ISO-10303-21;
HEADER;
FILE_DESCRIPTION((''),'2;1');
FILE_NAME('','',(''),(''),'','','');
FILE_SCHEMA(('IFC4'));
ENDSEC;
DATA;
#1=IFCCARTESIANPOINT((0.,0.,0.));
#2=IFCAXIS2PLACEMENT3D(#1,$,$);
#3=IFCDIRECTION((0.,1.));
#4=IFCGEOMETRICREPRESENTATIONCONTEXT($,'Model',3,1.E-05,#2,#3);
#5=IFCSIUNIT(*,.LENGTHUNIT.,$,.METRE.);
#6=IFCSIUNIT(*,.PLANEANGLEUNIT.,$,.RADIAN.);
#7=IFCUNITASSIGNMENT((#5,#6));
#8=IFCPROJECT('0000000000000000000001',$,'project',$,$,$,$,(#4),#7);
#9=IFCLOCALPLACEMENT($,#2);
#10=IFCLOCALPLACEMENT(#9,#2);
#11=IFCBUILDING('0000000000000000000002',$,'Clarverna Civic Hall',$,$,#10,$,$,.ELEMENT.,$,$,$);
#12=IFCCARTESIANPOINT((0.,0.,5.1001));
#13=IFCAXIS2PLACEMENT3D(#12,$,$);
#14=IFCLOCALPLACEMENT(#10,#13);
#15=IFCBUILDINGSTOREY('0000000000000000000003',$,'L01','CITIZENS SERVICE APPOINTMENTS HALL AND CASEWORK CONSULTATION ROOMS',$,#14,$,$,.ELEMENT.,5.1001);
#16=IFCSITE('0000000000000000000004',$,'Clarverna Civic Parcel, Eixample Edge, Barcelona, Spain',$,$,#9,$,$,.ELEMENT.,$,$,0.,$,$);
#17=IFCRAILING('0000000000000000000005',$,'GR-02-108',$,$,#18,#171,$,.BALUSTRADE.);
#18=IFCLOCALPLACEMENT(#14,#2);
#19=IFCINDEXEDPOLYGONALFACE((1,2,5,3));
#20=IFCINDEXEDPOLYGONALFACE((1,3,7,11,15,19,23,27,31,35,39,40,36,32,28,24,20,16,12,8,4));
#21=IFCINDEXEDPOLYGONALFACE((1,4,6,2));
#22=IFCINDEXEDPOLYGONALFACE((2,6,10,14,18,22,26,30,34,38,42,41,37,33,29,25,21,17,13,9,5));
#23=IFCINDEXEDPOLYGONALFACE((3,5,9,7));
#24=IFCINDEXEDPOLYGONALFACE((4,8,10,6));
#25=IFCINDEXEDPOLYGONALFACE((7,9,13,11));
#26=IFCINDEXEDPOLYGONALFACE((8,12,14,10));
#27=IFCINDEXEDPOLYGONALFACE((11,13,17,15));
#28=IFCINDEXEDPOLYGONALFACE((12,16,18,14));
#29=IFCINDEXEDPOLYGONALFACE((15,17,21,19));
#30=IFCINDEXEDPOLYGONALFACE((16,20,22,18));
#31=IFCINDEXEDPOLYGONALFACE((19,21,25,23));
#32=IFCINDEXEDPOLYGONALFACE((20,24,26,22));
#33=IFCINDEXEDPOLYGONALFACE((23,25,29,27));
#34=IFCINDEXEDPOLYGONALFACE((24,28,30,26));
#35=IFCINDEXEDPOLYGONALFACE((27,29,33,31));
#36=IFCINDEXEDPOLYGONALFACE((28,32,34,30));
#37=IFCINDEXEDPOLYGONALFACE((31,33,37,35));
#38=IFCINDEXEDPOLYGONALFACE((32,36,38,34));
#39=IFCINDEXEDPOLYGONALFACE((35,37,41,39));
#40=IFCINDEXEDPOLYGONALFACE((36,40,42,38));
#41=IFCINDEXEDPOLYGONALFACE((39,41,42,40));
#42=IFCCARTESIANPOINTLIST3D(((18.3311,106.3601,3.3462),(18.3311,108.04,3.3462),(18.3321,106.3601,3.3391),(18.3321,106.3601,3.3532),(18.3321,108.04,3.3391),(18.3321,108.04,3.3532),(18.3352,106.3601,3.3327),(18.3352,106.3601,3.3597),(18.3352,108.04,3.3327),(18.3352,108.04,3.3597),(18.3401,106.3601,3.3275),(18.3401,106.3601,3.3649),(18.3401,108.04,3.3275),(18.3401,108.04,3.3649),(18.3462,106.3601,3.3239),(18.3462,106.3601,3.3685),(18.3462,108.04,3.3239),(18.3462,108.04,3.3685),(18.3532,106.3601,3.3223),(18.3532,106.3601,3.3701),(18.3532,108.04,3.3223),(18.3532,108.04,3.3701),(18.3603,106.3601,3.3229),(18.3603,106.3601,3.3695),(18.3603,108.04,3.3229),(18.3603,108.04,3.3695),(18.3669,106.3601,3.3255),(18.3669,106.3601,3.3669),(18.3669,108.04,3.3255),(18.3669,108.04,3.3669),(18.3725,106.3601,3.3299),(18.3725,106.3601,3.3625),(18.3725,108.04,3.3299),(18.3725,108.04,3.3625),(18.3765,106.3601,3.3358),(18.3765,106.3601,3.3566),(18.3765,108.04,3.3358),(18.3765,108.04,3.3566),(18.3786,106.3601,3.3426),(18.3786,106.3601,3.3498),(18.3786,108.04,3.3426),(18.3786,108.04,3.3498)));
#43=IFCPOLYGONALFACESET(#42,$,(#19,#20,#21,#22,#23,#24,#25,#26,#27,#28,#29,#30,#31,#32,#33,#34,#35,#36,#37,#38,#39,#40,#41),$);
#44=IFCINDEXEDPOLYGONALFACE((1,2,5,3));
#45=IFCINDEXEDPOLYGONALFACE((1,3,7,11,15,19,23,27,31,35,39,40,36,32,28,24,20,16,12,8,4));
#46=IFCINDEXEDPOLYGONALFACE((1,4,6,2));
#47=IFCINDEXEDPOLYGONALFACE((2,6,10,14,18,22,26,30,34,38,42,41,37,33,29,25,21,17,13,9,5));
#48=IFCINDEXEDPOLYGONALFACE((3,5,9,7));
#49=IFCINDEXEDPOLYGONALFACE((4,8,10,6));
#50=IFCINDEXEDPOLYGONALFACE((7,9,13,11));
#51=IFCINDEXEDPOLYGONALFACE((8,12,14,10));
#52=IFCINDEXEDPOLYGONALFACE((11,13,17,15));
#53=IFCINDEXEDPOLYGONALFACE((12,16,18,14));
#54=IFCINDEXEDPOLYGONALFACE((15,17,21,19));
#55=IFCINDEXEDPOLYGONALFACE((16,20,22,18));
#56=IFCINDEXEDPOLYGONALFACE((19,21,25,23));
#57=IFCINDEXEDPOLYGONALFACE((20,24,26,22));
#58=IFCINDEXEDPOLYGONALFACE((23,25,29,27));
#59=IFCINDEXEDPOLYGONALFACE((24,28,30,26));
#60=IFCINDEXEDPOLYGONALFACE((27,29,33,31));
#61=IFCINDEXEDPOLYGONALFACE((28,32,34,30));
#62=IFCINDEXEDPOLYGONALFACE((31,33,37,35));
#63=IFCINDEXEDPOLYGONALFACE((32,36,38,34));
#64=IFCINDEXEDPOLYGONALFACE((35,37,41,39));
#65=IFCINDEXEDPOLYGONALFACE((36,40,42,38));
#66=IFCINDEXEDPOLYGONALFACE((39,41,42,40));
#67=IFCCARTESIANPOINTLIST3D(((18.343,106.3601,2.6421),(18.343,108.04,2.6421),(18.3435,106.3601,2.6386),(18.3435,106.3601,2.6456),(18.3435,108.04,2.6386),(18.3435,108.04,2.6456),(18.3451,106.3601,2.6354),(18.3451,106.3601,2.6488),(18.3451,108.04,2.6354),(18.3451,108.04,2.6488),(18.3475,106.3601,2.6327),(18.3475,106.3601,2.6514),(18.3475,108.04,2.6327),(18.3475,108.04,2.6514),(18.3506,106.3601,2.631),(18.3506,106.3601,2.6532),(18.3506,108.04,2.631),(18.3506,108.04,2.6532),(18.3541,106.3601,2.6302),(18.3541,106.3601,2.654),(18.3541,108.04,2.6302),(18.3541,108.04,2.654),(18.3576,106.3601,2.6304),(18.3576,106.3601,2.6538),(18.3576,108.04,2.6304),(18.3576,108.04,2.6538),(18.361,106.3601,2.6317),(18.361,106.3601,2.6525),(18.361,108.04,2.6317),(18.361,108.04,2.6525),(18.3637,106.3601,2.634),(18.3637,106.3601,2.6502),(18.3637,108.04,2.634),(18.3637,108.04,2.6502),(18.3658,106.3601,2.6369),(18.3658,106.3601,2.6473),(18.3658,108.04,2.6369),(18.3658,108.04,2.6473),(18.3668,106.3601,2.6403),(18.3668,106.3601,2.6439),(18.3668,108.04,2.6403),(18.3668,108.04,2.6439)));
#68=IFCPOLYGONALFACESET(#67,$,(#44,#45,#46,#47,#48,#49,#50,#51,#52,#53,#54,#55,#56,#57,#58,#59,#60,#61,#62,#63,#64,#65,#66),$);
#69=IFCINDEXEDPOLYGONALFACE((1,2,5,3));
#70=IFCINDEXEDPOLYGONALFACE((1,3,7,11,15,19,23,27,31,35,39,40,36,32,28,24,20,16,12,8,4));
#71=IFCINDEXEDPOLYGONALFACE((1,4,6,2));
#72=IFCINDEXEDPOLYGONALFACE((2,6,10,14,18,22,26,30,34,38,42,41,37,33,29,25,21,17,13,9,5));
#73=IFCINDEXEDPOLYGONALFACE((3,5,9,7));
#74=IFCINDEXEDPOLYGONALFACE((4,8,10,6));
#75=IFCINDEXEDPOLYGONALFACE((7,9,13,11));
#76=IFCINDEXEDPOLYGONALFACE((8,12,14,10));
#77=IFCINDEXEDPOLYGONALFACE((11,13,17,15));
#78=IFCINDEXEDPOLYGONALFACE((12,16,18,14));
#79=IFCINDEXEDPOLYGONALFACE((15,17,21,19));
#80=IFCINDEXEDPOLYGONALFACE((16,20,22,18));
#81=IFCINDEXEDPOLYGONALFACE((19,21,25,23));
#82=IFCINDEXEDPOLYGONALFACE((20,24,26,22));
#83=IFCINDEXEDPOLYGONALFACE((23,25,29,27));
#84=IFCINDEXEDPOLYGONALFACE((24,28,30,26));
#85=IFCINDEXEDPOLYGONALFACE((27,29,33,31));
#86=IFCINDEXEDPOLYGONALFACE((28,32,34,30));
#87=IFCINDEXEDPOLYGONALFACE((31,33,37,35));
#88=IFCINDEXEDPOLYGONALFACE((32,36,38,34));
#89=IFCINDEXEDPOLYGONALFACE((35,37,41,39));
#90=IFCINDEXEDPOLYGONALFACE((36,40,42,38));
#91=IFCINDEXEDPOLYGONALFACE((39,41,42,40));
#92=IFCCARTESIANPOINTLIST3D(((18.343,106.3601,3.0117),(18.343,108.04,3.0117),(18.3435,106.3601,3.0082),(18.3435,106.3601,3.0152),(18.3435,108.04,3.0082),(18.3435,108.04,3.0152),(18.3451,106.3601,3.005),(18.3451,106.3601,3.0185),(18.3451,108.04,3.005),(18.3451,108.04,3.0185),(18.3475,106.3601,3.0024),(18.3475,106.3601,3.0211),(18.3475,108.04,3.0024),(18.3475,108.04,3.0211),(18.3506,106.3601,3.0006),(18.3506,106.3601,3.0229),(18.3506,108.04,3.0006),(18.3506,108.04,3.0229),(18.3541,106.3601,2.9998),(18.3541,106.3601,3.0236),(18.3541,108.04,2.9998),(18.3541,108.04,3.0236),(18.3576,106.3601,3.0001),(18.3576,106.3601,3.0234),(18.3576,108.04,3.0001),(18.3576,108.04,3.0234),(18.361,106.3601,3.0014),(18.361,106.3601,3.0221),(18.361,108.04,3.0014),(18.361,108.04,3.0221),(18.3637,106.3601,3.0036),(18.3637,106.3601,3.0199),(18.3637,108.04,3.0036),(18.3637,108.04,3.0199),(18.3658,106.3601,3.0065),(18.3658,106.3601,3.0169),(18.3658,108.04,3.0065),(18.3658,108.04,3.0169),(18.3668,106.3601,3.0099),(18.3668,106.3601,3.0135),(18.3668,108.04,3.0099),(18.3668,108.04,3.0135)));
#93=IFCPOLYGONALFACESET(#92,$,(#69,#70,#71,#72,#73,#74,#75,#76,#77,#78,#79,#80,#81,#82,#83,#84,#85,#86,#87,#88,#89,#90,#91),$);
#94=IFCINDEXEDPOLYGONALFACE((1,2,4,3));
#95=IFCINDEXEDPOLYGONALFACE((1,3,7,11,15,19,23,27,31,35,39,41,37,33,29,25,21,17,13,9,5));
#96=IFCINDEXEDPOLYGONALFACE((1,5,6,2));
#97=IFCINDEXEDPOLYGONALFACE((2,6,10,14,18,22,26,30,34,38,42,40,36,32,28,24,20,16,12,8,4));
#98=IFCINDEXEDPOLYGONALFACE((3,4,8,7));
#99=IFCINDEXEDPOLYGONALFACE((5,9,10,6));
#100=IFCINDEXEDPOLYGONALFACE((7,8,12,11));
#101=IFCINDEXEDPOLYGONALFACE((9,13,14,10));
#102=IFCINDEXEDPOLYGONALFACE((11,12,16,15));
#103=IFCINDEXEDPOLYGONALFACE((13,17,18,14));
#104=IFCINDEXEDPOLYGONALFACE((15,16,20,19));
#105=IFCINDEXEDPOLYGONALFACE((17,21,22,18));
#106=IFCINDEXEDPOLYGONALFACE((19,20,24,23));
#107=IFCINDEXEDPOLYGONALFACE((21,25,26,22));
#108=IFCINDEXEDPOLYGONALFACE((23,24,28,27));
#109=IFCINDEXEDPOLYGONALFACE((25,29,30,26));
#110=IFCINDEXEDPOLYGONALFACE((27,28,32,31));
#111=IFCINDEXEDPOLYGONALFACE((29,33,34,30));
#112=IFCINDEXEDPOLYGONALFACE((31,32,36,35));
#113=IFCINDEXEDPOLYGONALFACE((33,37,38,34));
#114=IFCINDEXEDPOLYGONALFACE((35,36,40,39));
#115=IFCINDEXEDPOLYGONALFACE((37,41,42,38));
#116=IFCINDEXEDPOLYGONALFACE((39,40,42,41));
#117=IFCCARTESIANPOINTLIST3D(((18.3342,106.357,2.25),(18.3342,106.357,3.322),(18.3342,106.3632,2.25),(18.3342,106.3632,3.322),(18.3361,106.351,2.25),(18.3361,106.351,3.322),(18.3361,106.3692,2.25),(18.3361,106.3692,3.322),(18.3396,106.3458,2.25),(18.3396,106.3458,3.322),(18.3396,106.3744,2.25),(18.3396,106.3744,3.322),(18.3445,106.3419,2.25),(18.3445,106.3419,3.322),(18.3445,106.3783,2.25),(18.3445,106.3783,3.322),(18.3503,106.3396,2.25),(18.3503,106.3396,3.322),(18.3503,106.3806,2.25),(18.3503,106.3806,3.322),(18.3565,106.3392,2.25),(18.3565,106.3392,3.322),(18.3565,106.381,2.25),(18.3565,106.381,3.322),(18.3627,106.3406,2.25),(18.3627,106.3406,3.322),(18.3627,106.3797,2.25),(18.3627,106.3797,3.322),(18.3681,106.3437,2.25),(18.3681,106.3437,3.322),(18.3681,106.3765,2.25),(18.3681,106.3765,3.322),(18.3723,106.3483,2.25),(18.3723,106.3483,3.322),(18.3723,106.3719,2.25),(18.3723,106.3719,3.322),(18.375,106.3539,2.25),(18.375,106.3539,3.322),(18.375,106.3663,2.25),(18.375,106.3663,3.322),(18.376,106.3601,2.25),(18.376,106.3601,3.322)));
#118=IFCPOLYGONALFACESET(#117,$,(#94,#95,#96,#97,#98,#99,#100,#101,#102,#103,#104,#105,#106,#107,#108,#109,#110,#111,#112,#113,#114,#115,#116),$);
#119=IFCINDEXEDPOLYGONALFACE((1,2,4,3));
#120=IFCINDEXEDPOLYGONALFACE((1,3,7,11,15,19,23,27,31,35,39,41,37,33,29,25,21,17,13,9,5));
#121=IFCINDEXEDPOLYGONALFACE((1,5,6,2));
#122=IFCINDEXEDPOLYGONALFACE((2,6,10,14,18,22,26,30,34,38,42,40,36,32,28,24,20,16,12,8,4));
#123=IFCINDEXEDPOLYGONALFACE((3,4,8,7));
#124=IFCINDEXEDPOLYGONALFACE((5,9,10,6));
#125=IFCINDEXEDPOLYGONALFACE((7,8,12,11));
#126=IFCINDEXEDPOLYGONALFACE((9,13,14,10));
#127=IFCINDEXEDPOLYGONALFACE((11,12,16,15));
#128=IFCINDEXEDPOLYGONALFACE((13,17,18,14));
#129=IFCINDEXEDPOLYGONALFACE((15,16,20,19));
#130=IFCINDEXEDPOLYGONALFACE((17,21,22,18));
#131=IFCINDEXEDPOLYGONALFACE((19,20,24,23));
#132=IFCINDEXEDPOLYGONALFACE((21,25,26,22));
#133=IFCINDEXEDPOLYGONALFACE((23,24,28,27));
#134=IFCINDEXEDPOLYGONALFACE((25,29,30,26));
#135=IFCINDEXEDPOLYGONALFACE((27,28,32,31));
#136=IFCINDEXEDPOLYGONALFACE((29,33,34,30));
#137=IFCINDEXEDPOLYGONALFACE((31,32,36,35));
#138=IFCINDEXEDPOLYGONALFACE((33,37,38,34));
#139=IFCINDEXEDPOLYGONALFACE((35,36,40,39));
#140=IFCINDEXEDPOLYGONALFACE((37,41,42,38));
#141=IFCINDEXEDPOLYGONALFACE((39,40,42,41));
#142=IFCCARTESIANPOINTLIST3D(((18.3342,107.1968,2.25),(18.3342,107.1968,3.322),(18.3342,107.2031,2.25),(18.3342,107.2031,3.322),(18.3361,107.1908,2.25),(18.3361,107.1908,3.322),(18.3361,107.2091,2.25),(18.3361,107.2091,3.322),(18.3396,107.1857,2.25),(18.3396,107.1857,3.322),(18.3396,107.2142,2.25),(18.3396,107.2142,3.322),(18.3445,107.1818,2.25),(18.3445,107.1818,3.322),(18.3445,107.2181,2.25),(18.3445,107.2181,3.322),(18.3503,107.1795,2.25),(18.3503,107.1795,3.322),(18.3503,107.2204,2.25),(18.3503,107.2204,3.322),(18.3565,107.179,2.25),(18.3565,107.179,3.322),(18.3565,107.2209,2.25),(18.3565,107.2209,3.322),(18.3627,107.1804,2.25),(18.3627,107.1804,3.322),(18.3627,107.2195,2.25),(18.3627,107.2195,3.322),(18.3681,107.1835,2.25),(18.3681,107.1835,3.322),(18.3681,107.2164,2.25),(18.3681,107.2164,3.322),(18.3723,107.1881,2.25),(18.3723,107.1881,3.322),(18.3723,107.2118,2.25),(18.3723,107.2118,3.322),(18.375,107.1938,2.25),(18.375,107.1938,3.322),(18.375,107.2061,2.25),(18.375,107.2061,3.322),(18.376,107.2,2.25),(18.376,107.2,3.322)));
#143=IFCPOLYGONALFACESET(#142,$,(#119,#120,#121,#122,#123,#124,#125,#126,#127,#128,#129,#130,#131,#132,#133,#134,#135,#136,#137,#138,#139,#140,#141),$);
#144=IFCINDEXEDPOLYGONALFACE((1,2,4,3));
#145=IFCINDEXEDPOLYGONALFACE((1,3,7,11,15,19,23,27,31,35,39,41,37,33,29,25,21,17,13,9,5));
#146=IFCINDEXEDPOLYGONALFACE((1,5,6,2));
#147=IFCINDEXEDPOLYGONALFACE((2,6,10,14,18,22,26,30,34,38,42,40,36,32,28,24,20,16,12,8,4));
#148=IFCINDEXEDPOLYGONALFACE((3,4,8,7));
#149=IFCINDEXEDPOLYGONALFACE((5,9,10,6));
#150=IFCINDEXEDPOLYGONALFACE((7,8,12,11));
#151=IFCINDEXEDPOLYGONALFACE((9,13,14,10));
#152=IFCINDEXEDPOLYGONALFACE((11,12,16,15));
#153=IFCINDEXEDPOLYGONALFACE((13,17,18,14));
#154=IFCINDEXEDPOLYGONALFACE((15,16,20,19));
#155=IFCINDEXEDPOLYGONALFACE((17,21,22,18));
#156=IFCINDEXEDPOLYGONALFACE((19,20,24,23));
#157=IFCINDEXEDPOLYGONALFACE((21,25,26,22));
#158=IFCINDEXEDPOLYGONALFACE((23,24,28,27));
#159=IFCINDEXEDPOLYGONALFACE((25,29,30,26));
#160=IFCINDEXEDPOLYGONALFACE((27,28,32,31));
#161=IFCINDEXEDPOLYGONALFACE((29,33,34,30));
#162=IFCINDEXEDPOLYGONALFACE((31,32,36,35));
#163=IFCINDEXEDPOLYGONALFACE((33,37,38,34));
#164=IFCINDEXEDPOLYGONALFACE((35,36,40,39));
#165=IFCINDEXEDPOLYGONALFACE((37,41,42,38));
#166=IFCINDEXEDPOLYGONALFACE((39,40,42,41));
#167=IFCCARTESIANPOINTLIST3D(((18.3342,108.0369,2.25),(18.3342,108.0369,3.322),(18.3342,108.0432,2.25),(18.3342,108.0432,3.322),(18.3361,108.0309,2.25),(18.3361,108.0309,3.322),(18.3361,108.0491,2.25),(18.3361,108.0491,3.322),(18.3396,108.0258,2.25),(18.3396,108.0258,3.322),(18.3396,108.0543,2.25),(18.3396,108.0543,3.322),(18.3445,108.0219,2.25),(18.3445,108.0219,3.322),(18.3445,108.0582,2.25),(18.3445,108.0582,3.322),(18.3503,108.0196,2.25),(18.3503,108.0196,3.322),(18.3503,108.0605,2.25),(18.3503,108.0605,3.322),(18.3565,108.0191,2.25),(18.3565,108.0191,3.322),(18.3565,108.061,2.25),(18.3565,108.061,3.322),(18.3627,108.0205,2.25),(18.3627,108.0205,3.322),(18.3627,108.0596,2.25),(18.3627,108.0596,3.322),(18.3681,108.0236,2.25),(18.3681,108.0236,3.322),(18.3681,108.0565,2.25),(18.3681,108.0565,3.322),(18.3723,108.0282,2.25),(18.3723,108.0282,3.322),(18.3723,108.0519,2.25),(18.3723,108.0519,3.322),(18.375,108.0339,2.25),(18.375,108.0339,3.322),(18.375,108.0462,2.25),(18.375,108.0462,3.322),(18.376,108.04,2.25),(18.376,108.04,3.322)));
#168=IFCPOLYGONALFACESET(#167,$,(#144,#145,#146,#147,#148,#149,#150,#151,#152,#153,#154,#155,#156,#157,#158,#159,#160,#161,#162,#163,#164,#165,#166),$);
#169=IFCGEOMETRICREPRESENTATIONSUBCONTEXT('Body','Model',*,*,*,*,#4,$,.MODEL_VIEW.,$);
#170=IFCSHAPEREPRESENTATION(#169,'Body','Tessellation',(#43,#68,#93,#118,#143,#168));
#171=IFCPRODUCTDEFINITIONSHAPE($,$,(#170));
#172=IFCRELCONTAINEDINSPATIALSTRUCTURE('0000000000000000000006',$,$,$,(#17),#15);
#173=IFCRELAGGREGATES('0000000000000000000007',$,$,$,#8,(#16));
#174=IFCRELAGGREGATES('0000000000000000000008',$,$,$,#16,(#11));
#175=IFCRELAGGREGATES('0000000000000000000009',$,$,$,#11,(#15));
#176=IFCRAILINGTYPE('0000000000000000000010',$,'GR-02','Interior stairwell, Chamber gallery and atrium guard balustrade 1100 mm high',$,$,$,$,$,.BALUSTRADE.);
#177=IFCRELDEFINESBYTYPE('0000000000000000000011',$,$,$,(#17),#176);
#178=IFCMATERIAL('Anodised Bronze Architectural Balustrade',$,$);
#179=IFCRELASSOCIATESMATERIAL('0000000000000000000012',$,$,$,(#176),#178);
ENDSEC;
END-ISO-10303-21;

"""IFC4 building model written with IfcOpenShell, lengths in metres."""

from ifc_helpers import new_model, si_unit, direction, frame, origin, origin_2d, place, context, subcontext, project, spatial, circle, extrude, material, type_object, element, save


model = new_model("IFC4")

# Units and contexts
model_context = context("Model", 3, precision=1e-05, world=origin(), true_north=direction((0.0, 1.0)))
body_context = subcontext(model_context, "Body", "Model", "MODEL_VIEW")
ifc_project = project(units=[si_unit("LENGTHUNIT", "METRE"), si_unit("PLANEANGLEUNIT", "RADIAN")], contexts=[model_context])

# Site, building, storey
site_placement = place(None, origin())
site = spatial("IfcSite", under=ifc_project, at=site_placement, Name="Clarverna Civic Parcel, Eixample Edge, Barcelona, Spain", CompositionType="ELEMENT", RefElevation=0.0)
building_placement = place(site_placement, origin())
building = spatial("IfcBuilding", under=site, at=building_placement, Name="Clarverna Civic Hall", CompositionType="ELEMENT")
storey_placement = place(building_placement, frame((0.0, 0.0, 5.1001)))
storey = spatial("IfcBuildingStorey", under=building, at=storey_placement, Name="L01", Description="CITIZENS SERVICE APPOINTMENTS HALL AND CASEWORK CONSULTATION ROOMS", CompositionType="ELEMENT", Elevation=5.1001)

# Railing
ifc_material_1 = material(Name="Anodised Bronze Architectural Balustrade")
railing_type = type_object("IfcRailingType", Name="GR-02", Description="Interior stairwell, Chamber gallery and atrium guard balustrade 1100 mm high", PredefinedType="BALUSTRADE", material=ifc_material_1)
railing_1_placement = place(storey_placement, frame((18.355, 106.3601, 2.25)))
element("IfcRailing", 1, at=railing_1_placement, inside=storey, type_object=railing_type, Name="GR-02-108", PredefinedType="BALUSTRADE", context=body_context, shape_type="SweptSolid", body=[
    extrude(circle(Radius=0.0239, at=origin_2d()), frame((0.0, 0.0, 1.0962), z_axis=(0.0, 1.0, 0.0), x_axis=(-1.0, 0.0, 0.0)), (0.0, 0.0, 1.0), 1.6799),
    extrude(circle(Radius=0.012, at=origin_2d()), frame((0.0, 0.0, 0.3921), z_axis=(0.0, 1.0, 0.0), x_axis=(-1.0, 0.0, 0.0)), (0.0, 0.0, 1.0), 1.6799),
    extrude(circle(Radius=0.012, at=origin_2d()), frame((0.0, 0.0, 0.7617), z_axis=(0.0, 1.0, 0.0), x_axis=(-1.0, 0.0, 0.0)), (0.0, 0.0, 1.0), 1.6799),
    extrude(circle(Radius=0.021, at=origin_2d()), origin(), (0.0, 0.0, 1.0), 1.072),
    extrude(circle(Radius=0.021, at=origin_2d()), frame((0.0, 0.8398, 0.0)), (0.0, 0.0, 1.0), 1.072),
    extrude(circle(Radius=0.021, at=origin_2d()), frame((0.0, 1.6799, 0.0)), (0.0, 0.0, 1.0), 1.072),
])

save(model, "model.ifc")
